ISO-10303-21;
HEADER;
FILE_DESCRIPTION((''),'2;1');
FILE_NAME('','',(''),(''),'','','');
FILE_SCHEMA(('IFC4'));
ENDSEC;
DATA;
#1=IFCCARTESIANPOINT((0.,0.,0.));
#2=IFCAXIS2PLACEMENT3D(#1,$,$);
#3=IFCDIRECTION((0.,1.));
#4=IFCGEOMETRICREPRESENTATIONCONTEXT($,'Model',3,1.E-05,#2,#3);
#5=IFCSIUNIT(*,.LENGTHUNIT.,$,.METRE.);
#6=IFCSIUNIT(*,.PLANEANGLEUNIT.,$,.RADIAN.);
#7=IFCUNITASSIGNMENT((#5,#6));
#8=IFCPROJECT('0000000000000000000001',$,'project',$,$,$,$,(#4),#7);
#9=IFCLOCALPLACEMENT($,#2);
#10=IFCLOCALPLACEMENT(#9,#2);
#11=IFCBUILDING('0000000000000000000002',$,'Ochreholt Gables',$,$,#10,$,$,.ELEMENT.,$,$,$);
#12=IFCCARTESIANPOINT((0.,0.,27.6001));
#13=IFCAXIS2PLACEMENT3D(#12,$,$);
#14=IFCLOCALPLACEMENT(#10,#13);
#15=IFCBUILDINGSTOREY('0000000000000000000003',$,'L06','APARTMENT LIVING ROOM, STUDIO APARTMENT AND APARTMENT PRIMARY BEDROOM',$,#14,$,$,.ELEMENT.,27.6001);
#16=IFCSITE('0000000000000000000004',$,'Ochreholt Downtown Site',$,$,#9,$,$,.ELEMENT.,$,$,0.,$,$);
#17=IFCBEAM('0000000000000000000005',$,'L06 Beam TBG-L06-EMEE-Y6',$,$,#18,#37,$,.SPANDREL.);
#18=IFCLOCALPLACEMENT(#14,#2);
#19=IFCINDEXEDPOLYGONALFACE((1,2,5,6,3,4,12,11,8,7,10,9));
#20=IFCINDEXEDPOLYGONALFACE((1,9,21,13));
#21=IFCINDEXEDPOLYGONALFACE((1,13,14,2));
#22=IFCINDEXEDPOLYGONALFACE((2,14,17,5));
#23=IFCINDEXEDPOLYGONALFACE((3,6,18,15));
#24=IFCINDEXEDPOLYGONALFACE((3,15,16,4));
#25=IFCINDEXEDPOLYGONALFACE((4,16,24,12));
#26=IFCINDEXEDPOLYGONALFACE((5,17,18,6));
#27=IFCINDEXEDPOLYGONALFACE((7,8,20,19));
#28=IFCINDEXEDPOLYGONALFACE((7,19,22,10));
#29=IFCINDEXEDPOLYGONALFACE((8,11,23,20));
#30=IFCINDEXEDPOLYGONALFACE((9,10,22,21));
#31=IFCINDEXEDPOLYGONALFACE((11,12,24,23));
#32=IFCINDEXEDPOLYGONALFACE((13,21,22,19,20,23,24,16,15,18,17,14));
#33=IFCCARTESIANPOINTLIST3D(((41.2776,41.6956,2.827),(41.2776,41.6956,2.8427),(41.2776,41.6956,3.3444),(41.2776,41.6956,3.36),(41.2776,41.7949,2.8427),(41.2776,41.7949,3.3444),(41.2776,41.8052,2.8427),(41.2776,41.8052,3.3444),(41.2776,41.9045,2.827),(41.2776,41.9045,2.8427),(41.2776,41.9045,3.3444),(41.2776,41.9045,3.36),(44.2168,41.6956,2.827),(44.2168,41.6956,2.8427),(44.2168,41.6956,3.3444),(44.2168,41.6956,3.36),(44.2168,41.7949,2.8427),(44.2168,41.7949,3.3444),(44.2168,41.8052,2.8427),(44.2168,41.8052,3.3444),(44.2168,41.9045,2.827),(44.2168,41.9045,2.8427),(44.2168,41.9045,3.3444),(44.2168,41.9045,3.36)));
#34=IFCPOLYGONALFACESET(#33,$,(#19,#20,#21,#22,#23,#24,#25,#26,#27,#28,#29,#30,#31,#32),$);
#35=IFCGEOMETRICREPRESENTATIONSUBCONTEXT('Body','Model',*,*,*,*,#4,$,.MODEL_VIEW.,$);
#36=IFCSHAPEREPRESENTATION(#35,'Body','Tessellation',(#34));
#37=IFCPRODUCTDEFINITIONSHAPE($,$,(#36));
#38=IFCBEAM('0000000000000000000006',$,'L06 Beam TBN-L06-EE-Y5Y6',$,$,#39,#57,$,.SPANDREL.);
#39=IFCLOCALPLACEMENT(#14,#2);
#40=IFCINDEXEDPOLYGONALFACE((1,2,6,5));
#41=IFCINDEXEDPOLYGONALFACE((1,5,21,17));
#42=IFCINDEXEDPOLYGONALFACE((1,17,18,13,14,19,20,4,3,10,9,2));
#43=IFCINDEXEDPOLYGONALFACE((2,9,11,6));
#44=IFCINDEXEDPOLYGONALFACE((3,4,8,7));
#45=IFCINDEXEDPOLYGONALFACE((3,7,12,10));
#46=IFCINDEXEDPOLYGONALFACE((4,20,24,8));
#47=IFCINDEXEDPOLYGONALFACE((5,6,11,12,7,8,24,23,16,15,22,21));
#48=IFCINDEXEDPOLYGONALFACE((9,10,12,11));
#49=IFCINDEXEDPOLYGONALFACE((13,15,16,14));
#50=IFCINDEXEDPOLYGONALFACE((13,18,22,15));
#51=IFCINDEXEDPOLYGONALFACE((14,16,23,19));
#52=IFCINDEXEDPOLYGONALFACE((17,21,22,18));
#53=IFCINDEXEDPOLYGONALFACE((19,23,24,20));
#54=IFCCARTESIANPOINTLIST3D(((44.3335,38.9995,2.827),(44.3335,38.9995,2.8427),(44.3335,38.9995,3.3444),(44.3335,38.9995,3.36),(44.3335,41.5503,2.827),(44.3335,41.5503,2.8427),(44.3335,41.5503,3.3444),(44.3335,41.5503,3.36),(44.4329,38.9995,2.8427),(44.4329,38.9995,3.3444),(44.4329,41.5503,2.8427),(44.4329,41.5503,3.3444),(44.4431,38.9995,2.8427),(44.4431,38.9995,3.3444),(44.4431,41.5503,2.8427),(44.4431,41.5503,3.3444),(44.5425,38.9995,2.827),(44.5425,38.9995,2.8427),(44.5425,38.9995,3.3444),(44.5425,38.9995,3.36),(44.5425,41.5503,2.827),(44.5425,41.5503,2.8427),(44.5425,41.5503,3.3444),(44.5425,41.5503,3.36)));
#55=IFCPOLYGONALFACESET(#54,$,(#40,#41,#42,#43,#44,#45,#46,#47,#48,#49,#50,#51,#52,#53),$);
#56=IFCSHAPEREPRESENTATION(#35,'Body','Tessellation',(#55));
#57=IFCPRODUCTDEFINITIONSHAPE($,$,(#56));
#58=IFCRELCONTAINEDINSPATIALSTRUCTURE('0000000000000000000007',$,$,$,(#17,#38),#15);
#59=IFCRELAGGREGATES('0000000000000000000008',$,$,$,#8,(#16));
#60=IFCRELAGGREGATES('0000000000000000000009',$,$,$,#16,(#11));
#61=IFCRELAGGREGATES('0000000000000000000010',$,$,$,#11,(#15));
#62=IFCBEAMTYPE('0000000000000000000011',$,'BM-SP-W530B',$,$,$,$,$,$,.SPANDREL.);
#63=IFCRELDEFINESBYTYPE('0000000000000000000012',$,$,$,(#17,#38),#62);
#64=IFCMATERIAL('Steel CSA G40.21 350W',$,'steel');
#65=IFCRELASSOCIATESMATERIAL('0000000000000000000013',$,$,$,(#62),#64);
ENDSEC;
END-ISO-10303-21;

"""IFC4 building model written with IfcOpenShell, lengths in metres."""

from ifc_helpers import new_model, si_unit, direction, frame, origin, origin_2d, place, context, subcontext, project, spatial, i_section, extrude, material, material_profile, profile_set, type_object, element, save


model = new_model("IFC4")

# Units and contexts
model_context = context("Model", 3, precision=1e-05, world=origin(), true_north=direction((0.0, 1.0)))
body_context = subcontext(model_context, "Body", "Model", "MODEL_VIEW")
ifc_project = project(units=[si_unit("LENGTHUNIT", "METRE"), si_unit("PLANEANGLEUNIT", "RADIAN")], contexts=[model_context])

# Site, building, storey
site_placement = place(None, origin())
site = spatial("IfcSite", under=ifc_project, at=site_placement, Name="Ochreholt Downtown Site", CompositionType="ELEMENT", RefElevation=0.0)
building_placement = place(site_placement, origin())
building = spatial("IfcBuilding", under=site, at=building_placement, Name="Ochreholt Gables", CompositionType="ELEMENT")
storey_placement = place(building_placement, frame((0.0, 0.0, 27.6001)))
storey = spatial("IfcBuildingStorey", under=building, at=storey_placement, Name="L06", Description="APARTMENT LIVING ROOM, STUDIO APARTMENT AND APARTMENT PRIMARY BEDROOM", CompositionType="ELEMENT", Elevation=27.6001)

# Shared definitions
ifc_material_1 = material(Name="Steel CSA G40.21 350W", Category="steel")

# Beams
ifc_material_profile_1 = material_profile(ifc_material_1, i_section(OverallWidth=0.209, OverallDepth=0.533, WebThickness=0.0103, FlangeThickness=0.0156, at=origin_2d()), Name="W530X92")
ifc_profile_set_1 = profile_set([ifc_material_profile_1], Name="Steel CSA G40.21 350W")
beam_type_1 = type_object("IfcBeamType", Name="BM-SP-W530B", PredefinedType="SPANDREL", material=ifc_profile_set_1)
beam_1_placement = place(storey_placement, frame((41.2776, 41.8, 3.0935), z_axis=(1.0, 0.0, 0.0), x_axis=(0.0, 1.0, 0.0)))
element("IfcBeam", 1, at=beam_1_placement, inside=storey, type_object=beam_type_1, Name="L06 Beam TBG-L06-EMEE-Y6", PredefinedType="SPANDREL", context=body_context, shape_type="SweptSolid", body=[
    extrude(i_section(OverallWidth=0.209, OverallDepth=0.533, WebThickness=0.0103, FlangeThickness=0.0156, at=origin_2d()), origin(), (0.0, 0.0, 1.0), 2.9392),
])
beam_2_placement = place(storey_placement, frame((44.438, 38.9995, 3.0935), z_axis=(0.0, 1.0, 0.0), x_axis=(-1.0, 0.0, 0.0)))
element("IfcBeam", 2, at=beam_2_placement, inside=storey, type_object=beam_type_1, Name="L06 Beam TBN-L06-EE-Y5Y6", PredefinedType="SPANDREL", context=body_context, shape_type="SweptSolid", body=[
    extrude(i_section(OverallWidth=0.209, OverallDepth=0.533, WebThickness=0.0103, FlangeThickness=0.0156, at=origin_2d()), origin(), (0.0, 0.0, 1.0), 2.5508),
])

save(model, "model.ifc")
